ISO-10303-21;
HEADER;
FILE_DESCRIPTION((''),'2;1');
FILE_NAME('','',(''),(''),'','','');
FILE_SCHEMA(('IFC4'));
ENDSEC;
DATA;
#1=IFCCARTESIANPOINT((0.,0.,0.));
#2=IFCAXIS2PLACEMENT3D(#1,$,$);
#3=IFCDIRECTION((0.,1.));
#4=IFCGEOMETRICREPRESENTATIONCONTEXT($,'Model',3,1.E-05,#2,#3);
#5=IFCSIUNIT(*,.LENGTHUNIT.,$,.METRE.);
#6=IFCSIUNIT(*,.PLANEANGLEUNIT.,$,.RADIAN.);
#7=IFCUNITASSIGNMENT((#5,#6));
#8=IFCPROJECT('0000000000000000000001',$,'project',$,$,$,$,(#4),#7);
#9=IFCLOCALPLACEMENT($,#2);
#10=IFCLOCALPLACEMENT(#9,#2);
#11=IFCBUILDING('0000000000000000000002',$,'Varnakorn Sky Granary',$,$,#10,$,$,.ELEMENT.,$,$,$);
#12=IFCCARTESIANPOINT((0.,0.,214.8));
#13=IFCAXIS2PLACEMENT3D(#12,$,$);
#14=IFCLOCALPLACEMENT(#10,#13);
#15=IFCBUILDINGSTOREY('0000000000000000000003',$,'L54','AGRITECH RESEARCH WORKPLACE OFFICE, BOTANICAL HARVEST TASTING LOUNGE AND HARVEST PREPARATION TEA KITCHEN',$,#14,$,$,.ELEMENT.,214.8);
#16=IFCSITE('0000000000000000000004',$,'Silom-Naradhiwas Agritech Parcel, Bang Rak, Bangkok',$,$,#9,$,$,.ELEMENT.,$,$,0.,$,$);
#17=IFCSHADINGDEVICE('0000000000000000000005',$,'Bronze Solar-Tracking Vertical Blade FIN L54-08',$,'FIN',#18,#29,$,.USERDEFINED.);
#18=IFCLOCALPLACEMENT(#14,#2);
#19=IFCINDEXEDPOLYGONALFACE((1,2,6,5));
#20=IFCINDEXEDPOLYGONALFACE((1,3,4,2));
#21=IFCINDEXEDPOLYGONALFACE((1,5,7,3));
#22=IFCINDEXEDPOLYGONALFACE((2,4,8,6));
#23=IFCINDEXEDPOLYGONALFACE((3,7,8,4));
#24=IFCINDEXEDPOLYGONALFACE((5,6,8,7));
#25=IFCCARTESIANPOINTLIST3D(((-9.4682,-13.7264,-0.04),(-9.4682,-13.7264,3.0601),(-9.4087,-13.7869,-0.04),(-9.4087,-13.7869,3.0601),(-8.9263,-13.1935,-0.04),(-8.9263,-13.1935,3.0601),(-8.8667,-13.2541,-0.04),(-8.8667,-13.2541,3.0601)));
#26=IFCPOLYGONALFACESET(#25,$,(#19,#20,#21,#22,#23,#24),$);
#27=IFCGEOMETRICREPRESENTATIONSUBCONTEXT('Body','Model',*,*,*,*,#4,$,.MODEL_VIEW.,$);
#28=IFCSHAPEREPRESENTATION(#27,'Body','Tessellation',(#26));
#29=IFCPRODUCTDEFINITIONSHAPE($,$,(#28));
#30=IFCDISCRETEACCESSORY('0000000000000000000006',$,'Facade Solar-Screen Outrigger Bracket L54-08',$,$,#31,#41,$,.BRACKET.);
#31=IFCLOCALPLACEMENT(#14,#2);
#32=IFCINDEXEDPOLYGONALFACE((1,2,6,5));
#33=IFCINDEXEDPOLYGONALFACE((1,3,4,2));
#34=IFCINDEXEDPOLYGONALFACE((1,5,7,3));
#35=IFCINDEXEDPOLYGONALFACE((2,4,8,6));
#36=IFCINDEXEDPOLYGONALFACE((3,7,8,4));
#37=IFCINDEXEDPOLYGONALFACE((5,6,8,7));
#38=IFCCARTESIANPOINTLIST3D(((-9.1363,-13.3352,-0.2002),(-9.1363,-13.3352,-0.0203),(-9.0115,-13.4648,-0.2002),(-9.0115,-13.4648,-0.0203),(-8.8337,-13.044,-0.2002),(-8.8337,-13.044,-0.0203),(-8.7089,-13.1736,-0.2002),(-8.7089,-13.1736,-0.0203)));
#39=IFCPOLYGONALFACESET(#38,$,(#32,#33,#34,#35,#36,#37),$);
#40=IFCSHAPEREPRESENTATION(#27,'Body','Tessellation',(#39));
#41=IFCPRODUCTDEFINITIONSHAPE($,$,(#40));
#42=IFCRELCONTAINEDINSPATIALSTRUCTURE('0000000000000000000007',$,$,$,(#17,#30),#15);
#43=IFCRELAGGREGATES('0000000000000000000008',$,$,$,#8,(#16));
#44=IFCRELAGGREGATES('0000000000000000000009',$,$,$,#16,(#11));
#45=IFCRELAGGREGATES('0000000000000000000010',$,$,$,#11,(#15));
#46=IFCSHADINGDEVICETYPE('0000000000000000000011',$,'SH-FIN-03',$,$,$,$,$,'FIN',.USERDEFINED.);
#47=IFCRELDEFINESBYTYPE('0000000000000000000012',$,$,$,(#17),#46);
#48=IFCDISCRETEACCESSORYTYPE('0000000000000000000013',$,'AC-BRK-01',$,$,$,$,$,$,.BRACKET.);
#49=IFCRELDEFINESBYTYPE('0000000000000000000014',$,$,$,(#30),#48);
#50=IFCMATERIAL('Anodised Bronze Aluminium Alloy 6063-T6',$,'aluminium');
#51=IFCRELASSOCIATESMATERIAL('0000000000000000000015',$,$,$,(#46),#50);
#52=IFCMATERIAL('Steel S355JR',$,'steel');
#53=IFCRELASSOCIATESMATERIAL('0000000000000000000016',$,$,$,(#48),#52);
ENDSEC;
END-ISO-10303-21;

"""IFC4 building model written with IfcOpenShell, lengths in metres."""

from ifc_helpers import new_model, si_unit, direction, frame, origin, origin_2d, place, context, subcontext, project, spatial, rectangle, extrude, source, transform, mapped, material, type_object, type_shapes, element, save


model = new_model("IFC4")

# Units and contexts
model_context = context("Model", 3, precision=1e-05, world=origin(), true_north=direction((0.0, 1.0)))
body_context = subcontext(model_context, "Body", "Model", "MODEL_VIEW")
ifc_project = project(units=[si_unit("LENGTHUNIT", "METRE"), si_unit("PLANEANGLEUNIT", "RADIAN")], contexts=[model_context])

# Site, building, storey
site_placement = place(None, origin())
site = spatial("IfcSite", under=ifc_project, at=site_placement, Name="Silom-Naradhiwas Agritech Parcel, Bang Rak, Bangkok", CompositionType="ELEMENT", RefElevation=0.0)
building_placement = place(site_placement, origin())
building = spatial("IfcBuilding", under=site, at=building_placement, Name="Varnakorn Sky Granary", CompositionType="ELEMENT")
storey_placement = place(building_placement, frame((0.0, 0.0, 214.8)))
storey = spatial("IfcBuildingStorey", under=building, at=storey_placement, Name="L54", Description="AGRITECH RESEARCH WORKPLACE OFFICE, BOTANICAL HARVEST TASTING LOUNGE AND HARVEST PREPARATION TEA KITCHEN", CompositionType="ELEMENT", Elevation=214.8)

# Shared definitions
ifc_material_1 = material(Name="Steel S355JR", Category="steel")

# Shared definitions
ifc_material_2 = material(Name="Anodised Bronze Aluminium Alloy 6063-T6", Category="aluminium")

# Shading device
shading_device_type = type_object("IfcShadingDeviceType", Name="SH-FIN-03", ElementType="FIN", PredefinedType="USERDEFINED", material=ifc_material_2)
shared_shape_1 = source(origin(), body_context, "Body", "SweptSolid", [
    extrude(rectangle(XDim=0.085, YDim=0.76, at=origin_2d()), origin(), (0.0, 0.0, 1.0), 3.1001),
])
type_shapes(shading_device_type, [shared_shape_1])
shading_device_placement = place(storey_placement, frame((-9.1675, -13.4902, -0.04), z_axis=(0.0, 0.0, 1.0), x_axis=(0.701096, -0.713066, 0.0)))
element("IfcShadingDevice", 1, at=shading_device_placement, inside=storey, type_object=shading_device_type, Name="Bronze Solar-Tracking Vertical Blade FIN L54-08", ObjectType="FIN", PredefinedType="USERDEFINED", context=body_context, shape_type="MappedRepresentation", body=[
    mapped(shared_shape_1, transform((0.0, 0.0, 0.0), x_axis=(1.0, 0.0, 0.0), y_axis=(0.0, 1.0, 0.0), z_axis=(0.0, 0.0, 1.0), scale=1.0)),
])

# Discrete accessory
discrete_accessory_type = type_object("IfcDiscreteAccessoryType", Name="AC-BRK-01", PredefinedType="BRACKET", material=ifc_material_1)
shared_shape_2 = source(origin(), body_context, "Body", "SweptSolid", [
    extrude(rectangle(XDim=0.1799, YDim=0.4199, at=origin_2d()), origin(), (0.0, 0.0, 1.0), 0.1799),
])
type_shapes(discrete_accessory_type, [shared_shape_2])
discrete_accessory_placement = place(storey_placement, frame((-8.9226, -13.2544, -0.2002), z_axis=(0.0, 0.0, 1.0), x_axis=(0.693426, -0.720528, 0.0)))
element("IfcDiscreteAccessory", 2, at=discrete_accessory_placement, inside=storey, type_object=discrete_accessory_type, Name="Facade Solar-Screen Outrigger Bracket L54-08", PredefinedType="BRACKET", context=body_context, shape_type="MappedRepresentation", body=[
    mapped(shared_shape_2, transform((0.0, 0.0, 0.0), x_axis=(1.0, 0.0, 0.0), y_axis=(0.0, 1.0, 0.0), z_axis=(0.0, 0.0, 1.0), scale=1.0)),
])

save(model, "model.ifc")
